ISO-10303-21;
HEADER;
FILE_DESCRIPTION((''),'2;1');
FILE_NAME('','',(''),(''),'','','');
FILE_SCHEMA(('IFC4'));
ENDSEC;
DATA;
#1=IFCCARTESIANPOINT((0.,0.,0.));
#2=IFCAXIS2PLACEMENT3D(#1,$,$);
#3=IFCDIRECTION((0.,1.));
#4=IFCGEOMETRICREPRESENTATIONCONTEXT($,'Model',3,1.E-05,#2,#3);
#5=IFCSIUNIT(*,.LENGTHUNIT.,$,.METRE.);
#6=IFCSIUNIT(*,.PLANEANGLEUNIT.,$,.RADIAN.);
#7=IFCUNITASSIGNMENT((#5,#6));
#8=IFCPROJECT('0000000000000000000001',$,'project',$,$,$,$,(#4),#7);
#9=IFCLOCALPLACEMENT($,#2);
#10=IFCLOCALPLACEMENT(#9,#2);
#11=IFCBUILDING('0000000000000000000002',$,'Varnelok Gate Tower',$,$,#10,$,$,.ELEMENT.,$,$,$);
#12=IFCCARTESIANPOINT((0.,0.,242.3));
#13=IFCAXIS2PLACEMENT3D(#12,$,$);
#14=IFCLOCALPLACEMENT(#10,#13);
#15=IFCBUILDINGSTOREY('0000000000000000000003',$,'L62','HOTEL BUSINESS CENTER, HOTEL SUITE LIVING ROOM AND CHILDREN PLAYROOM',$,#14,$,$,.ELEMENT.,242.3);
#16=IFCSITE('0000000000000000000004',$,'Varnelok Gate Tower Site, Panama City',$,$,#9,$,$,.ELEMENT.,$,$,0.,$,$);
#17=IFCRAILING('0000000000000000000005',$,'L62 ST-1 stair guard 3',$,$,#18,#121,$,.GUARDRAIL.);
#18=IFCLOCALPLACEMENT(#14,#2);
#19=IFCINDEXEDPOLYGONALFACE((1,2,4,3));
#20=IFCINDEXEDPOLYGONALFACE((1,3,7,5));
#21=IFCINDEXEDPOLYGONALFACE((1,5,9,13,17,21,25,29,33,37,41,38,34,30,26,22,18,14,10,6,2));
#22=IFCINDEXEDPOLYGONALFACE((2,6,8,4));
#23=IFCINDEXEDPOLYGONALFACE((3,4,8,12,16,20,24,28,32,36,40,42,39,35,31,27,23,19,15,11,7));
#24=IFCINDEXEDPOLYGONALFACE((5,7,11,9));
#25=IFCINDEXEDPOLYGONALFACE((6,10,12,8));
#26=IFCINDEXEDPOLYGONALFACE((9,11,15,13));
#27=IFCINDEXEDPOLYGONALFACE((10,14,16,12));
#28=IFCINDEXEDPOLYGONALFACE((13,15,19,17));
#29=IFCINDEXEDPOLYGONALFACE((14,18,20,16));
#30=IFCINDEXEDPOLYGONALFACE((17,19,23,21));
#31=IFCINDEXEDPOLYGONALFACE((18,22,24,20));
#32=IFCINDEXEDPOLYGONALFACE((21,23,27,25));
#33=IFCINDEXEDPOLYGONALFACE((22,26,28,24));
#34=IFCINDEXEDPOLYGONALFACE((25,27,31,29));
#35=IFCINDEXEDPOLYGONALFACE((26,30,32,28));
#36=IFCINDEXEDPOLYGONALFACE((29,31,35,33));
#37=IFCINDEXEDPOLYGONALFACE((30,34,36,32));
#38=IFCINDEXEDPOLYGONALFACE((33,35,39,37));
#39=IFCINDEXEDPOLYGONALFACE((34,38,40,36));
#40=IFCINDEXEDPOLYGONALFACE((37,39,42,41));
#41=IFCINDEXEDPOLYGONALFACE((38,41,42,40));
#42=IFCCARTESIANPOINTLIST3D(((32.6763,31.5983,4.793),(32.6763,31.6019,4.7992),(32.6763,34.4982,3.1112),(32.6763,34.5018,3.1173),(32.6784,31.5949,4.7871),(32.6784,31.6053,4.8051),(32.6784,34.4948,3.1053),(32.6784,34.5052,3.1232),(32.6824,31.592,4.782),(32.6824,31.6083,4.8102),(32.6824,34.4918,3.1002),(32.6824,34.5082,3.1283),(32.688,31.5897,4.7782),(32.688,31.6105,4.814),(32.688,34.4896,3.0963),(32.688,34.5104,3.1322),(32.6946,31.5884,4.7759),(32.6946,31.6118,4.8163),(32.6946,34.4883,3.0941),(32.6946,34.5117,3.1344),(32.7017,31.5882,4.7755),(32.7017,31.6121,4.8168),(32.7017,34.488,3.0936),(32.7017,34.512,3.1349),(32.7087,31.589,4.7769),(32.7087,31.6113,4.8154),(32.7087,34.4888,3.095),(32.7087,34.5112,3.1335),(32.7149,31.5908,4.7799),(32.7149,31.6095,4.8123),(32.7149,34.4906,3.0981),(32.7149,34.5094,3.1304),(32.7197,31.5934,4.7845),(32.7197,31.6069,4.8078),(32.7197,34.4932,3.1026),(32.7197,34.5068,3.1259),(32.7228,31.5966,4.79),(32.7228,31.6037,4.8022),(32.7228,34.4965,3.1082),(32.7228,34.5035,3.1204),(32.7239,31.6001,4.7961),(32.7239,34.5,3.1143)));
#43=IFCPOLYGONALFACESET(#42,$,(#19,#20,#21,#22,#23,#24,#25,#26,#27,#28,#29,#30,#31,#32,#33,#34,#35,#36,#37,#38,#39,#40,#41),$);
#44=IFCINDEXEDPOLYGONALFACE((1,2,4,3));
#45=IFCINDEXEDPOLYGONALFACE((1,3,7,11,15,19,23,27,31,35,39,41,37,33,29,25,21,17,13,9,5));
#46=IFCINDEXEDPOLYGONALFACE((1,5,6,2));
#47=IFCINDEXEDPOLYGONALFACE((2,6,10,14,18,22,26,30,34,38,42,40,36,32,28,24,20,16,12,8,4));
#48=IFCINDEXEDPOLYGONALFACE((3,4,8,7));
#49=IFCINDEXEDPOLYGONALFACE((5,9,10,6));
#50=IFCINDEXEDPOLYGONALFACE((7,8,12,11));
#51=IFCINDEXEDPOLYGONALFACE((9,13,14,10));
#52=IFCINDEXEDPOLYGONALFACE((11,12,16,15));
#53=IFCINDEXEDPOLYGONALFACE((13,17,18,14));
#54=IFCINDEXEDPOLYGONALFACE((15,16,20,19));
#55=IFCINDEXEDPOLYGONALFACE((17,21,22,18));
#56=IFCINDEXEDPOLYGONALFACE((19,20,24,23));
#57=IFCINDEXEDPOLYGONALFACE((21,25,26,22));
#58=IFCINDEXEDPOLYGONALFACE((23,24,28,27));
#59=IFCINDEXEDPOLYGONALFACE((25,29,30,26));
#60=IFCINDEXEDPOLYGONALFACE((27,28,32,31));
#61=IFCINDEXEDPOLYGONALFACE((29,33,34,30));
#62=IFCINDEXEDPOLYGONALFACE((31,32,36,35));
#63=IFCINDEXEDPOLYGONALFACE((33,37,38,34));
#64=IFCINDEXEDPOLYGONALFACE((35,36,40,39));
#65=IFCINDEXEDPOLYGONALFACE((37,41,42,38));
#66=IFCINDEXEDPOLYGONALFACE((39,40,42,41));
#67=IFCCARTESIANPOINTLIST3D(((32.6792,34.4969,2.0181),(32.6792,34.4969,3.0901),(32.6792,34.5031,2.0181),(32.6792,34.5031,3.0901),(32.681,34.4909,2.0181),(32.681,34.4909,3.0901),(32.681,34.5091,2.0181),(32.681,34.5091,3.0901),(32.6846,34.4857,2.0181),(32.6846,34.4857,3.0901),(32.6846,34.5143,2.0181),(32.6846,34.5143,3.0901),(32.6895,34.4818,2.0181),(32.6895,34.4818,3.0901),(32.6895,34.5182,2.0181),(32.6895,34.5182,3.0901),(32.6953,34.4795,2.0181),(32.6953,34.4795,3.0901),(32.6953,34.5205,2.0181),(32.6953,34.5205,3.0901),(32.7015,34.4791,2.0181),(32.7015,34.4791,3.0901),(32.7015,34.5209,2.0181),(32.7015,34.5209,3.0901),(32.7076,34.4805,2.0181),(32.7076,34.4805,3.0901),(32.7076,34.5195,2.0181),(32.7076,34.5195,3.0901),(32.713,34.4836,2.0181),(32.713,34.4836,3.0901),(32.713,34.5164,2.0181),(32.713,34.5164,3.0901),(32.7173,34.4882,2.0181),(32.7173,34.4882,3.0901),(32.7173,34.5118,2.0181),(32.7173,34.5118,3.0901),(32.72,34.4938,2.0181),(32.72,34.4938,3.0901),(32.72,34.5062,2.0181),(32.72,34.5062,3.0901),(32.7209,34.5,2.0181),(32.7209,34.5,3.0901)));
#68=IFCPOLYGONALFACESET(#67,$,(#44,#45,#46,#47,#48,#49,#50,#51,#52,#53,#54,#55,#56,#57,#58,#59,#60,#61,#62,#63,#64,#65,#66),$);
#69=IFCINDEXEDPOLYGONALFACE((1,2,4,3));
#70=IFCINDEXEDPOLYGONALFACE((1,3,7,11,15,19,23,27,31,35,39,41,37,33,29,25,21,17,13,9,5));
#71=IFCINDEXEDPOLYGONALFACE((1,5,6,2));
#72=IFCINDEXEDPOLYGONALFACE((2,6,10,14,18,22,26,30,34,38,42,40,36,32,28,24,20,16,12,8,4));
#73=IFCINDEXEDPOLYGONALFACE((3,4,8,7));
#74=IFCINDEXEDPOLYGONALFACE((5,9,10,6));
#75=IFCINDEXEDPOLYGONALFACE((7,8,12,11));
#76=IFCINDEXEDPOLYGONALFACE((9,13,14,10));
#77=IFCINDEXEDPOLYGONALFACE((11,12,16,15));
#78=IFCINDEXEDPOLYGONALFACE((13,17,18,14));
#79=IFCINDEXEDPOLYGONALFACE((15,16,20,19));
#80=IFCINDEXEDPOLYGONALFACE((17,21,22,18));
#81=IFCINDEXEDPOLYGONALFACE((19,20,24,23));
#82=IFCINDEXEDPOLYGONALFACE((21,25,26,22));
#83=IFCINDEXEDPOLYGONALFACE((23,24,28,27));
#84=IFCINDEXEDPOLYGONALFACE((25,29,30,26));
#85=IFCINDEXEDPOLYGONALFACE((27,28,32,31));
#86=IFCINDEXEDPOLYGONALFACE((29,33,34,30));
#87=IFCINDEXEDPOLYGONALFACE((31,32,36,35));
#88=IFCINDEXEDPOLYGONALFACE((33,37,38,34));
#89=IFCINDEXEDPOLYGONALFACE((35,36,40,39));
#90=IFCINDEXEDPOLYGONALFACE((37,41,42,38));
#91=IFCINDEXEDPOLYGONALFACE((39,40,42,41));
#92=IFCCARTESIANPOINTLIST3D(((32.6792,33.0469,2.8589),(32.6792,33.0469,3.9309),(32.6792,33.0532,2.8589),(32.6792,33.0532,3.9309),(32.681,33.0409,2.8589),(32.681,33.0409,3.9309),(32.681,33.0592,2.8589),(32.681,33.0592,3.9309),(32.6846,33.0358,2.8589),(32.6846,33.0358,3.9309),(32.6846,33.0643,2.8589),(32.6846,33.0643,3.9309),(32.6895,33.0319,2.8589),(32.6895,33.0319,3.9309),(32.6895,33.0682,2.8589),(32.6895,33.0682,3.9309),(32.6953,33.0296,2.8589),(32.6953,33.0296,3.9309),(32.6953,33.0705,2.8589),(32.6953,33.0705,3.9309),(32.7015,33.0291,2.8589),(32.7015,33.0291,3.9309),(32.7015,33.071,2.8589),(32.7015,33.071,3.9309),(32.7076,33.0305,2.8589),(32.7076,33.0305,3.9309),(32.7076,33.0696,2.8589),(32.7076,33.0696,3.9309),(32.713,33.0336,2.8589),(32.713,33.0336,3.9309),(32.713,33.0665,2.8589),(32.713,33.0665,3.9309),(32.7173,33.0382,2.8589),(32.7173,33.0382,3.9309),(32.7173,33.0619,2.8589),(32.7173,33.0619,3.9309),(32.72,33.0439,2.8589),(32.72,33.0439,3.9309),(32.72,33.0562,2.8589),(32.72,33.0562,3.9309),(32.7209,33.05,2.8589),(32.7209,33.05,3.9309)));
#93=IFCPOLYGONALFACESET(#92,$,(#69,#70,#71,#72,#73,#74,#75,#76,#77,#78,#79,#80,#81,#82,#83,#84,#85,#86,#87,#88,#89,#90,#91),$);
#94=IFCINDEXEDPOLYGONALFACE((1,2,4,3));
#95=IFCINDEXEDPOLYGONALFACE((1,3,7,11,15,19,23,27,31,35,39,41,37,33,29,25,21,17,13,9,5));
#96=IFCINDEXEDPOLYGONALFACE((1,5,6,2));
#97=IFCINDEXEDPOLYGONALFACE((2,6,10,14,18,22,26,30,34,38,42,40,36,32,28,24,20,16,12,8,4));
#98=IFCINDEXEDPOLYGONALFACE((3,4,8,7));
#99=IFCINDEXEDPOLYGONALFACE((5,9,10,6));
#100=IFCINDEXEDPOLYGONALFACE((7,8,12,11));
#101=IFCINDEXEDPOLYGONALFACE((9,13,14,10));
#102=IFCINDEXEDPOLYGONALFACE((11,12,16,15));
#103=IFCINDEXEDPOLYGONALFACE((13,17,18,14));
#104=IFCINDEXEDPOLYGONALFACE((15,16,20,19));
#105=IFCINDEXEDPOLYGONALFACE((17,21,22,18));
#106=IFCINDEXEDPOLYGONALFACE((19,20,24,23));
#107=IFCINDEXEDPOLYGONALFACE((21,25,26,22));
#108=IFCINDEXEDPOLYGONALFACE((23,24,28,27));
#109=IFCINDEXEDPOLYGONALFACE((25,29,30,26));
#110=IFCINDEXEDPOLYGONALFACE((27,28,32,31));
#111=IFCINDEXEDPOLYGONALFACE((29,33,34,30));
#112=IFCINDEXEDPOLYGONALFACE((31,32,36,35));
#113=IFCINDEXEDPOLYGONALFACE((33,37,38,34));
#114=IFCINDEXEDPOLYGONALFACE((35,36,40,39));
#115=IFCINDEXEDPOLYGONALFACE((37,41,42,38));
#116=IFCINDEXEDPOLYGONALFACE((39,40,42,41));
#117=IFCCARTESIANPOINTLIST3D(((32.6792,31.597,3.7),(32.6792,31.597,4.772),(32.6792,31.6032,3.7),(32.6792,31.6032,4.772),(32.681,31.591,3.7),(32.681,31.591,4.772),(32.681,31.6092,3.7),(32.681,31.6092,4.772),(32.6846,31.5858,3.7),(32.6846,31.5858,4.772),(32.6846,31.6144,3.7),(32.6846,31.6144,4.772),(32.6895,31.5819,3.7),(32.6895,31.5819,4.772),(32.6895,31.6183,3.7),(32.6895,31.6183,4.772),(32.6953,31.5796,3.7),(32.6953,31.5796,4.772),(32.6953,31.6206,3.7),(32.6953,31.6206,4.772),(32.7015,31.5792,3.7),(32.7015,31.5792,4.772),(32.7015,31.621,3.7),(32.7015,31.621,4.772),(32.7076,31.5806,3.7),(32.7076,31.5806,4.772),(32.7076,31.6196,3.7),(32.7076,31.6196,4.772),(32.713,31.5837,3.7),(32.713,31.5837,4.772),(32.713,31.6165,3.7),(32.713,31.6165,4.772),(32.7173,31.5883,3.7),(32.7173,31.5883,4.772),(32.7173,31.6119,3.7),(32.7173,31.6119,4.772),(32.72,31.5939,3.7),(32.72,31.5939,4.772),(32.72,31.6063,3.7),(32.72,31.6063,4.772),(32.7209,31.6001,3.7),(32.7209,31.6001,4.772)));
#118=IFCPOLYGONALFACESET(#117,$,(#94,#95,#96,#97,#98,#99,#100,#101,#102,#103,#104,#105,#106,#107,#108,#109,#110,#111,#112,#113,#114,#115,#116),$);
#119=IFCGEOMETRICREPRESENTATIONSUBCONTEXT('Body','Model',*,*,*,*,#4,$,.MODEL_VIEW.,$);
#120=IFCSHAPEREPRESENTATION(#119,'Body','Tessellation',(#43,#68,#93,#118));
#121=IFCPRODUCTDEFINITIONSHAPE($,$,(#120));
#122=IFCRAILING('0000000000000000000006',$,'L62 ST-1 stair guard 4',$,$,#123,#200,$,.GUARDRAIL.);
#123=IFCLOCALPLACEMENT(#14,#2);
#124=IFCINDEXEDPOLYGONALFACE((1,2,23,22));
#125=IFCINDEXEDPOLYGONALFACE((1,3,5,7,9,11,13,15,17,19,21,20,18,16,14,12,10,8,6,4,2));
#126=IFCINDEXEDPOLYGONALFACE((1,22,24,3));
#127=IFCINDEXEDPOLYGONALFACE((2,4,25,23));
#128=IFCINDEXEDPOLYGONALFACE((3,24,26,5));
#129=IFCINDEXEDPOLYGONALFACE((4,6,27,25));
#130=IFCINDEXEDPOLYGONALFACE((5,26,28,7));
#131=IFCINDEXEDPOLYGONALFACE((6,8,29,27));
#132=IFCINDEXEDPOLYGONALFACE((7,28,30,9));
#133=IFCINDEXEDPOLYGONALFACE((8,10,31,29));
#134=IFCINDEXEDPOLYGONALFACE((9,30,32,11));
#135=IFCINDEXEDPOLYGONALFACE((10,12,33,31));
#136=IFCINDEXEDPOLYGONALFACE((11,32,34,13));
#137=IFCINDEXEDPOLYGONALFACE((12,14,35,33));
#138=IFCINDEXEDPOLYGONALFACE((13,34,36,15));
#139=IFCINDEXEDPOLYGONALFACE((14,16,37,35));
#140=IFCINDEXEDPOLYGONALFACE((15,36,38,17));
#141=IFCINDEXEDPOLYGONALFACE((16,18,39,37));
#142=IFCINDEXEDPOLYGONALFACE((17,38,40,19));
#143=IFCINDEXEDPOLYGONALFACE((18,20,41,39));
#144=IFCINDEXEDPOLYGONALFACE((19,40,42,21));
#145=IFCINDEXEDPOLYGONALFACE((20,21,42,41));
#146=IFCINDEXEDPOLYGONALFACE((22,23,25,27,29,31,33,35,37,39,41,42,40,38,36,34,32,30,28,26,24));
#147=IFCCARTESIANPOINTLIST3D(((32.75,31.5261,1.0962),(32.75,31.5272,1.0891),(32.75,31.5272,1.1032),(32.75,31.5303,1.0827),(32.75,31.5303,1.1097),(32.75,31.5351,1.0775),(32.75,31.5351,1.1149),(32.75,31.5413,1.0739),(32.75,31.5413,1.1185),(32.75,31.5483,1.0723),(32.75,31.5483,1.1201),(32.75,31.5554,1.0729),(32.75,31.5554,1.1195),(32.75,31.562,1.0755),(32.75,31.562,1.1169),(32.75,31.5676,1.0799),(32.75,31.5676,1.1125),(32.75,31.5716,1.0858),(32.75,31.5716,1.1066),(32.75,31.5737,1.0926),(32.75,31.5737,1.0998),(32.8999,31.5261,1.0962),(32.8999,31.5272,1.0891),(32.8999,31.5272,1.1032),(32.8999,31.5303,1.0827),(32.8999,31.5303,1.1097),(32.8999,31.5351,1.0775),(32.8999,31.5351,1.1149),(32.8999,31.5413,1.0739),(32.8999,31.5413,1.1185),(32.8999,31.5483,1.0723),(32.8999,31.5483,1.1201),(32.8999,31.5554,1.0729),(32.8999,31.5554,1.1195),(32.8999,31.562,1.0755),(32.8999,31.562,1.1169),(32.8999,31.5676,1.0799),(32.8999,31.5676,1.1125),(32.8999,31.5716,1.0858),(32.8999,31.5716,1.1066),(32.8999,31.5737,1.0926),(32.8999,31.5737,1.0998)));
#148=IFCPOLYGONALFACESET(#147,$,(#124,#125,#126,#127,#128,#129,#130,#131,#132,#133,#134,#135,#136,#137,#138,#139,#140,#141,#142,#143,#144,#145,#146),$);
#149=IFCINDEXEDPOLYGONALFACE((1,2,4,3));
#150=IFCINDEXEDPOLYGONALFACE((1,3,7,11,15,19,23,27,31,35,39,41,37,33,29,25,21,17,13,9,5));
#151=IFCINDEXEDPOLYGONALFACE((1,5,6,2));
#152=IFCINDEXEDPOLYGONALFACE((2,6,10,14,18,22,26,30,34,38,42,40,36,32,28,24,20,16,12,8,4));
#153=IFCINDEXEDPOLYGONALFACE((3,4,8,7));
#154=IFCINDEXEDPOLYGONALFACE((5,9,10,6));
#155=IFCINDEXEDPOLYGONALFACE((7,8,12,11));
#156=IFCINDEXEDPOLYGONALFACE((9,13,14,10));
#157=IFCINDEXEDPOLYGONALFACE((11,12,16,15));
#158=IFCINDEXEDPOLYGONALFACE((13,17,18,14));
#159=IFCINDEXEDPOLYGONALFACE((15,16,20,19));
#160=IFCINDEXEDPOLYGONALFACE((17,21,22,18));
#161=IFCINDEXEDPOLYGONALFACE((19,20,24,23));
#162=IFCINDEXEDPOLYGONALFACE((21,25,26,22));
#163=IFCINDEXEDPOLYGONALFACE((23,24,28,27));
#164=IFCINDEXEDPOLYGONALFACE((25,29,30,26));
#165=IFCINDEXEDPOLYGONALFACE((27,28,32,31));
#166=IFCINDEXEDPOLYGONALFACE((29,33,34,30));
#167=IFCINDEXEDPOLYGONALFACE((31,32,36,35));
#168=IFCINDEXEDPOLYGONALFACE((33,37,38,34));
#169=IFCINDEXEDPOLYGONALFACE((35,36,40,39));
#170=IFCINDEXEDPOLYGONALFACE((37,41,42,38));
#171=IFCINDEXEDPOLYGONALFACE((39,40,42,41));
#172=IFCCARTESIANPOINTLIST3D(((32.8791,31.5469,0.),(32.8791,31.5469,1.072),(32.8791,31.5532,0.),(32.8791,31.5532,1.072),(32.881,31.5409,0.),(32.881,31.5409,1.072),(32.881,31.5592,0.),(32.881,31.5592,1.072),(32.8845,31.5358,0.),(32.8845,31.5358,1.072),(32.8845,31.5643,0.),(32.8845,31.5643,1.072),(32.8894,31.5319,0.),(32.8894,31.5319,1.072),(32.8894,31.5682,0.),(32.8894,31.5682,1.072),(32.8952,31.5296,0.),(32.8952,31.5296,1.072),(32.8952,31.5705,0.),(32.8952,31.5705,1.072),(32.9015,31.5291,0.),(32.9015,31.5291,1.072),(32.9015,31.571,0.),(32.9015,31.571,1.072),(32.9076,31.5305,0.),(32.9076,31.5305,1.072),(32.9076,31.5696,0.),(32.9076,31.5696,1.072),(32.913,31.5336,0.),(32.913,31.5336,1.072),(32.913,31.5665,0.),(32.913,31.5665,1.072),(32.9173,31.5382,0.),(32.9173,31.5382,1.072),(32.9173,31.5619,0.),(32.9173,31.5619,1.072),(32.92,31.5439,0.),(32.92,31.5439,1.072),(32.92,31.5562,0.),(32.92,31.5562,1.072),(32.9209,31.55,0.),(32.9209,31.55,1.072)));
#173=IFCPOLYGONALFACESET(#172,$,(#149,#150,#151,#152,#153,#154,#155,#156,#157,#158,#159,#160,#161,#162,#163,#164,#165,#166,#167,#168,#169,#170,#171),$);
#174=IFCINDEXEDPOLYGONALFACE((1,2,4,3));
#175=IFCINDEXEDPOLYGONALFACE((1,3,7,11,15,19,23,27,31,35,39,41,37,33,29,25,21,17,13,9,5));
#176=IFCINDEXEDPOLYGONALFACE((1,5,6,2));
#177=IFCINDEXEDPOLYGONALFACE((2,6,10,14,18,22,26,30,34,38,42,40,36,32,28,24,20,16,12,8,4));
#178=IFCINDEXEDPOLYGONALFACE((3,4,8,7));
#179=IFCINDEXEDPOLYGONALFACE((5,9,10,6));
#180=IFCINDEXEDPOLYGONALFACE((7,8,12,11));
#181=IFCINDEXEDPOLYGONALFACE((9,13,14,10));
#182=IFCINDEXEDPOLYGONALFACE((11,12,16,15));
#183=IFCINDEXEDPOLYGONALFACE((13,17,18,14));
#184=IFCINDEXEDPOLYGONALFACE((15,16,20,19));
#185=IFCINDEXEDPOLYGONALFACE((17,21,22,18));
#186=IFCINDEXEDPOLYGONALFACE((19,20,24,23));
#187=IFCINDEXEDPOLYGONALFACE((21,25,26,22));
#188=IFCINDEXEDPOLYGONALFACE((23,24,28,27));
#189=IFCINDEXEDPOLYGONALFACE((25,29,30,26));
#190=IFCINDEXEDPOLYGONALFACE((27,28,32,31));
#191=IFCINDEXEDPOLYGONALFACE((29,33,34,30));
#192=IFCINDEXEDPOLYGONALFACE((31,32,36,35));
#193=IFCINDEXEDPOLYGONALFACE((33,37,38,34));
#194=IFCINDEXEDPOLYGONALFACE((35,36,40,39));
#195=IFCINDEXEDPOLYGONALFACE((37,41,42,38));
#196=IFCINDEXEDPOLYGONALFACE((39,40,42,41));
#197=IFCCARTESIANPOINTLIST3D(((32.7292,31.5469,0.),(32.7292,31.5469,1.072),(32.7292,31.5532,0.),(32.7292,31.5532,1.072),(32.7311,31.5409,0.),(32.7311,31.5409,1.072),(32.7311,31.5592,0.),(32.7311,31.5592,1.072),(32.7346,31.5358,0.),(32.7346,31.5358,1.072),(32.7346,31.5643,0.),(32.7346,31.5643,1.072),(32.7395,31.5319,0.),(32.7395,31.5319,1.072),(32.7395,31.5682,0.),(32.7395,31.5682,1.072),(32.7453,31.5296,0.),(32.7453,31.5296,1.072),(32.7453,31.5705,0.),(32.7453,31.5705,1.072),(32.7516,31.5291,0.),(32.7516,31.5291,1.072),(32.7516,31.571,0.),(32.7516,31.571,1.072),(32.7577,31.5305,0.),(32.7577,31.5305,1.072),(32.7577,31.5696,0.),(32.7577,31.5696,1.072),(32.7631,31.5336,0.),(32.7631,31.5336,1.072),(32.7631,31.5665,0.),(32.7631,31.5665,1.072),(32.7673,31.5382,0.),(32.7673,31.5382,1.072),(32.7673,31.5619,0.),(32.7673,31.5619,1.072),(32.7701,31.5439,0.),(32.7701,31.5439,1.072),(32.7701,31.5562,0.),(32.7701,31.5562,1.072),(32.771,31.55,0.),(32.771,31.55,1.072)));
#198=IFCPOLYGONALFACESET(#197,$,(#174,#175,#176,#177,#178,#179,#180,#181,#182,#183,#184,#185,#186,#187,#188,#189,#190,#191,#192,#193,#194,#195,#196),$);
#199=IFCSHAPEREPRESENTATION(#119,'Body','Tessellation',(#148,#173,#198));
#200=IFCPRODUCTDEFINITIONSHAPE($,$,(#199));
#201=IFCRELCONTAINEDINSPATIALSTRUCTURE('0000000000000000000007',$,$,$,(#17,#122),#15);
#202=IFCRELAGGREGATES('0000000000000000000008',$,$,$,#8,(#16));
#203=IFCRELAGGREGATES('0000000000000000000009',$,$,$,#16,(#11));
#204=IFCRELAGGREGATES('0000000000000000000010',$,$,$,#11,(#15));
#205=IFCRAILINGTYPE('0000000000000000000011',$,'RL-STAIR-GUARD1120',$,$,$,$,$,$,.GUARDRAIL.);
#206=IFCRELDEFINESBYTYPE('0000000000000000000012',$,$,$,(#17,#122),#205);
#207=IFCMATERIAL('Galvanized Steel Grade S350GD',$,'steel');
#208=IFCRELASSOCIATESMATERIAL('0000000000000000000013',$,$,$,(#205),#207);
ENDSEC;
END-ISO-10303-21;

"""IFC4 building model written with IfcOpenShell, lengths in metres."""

from ifc_helpers import new_model, si_unit, direction, frame, origin, origin_2d, place, context, subcontext, project, spatial, circle, extrude, material, type_object, element, save


model = new_model("IFC4")

# Units and contexts
model_context = context("Model", 3, precision=1e-05, world=origin(), true_north=direction((0.0, 1.0)))
body_context = subcontext(model_context, "Body", "Model", "MODEL_VIEW")
ifc_project = project(units=[si_unit("LENGTHUNIT", "METRE"), si_unit("PLANEANGLEUNIT", "RADIAN")], contexts=[model_context])

# Site, building, storey
site_placement = place(None, origin())
site = spatial("IfcSite", under=ifc_project, at=site_placement, Name="Varnelok Gate Tower Site, Panama City", CompositionType="ELEMENT", RefElevation=0.0)
building_placement = place(site_placement, origin())
building = spatial("IfcBuilding", under=site, at=building_placement, Name="Varnelok Gate Tower", CompositionType="ELEMENT")
storey_placement = place(building_placement, frame((0.0, 0.0, 242.3)))
storey = spatial("IfcBuildingStorey", under=building, at=storey_placement, Name="L62", Description="HOTEL BUSINESS CENTER, HOTEL SUITE LIVING ROOM AND CHILDREN PLAYROOM", CompositionType="ELEMENT", Elevation=242.3)

# Shared definitions
ifc_material_1 = material(Name="Galvanized Steel Grade S350GD", Category="steel")

# Railings
railing_type_1 = type_object("IfcRailingType", Name="RL-STAIR-GUARD1120", PredefinedType="GUARDRAIL", material=ifc_material_1)
railing_1_placement = place(storey_placement, frame((32.7, 34.5, 2.0181)))
element("IfcRailing", 1, at=railing_1_placement, inside=storey, type_object=railing_type_1, Name="L62 ST-1 stair guard 3", PredefinedType="GUARDRAIL", context=body_context, shape_type="SweptSolid", body=[
    extrude(circle(Radius=0.0239, at=origin_2d()), frame((0.0, 0.0, 1.0962), z_axis=(0.0, -0.865039, 0.501705), x_axis=(1.0, 0.0, 0.0)), (0.0, 0.0, 1.0), 3.3523),
    extrude(circle(Radius=0.021, at=origin_2d()), origin(), (0.0, 0.0, 1.0), 1.072),
    extrude(circle(Radius=0.021, at=origin_2d()), frame((0.0, -1.45, 0.8408)), (0.0, 0.0, 1.0), 1.072),
    extrude(circle(Radius=0.021, at=origin_2d()), frame((0.0, -2.8999, 1.6819)), (0.0, 0.0, 1.0), 1.072),
])
railing_2_placement = place(storey_placement, frame((32.8999, 31.55, 0.0)))
element("IfcRailing", 2, at=railing_2_placement, inside=storey, type_object=railing_type_1, Name="L62 ST-1 stair guard 4", PredefinedType="GUARDRAIL", context=body_context, shape_type="SweptSolid", body=[
    extrude(circle(Radius=0.0239, at=origin_2d()), frame((0.0, 0.0, 1.0962), z_axis=(-1.0, 0.0, 0.0), x_axis=(0.0, -1.0, 0.0)), (0.0, 0.0, 1.0), 0.1499),
    extrude(circle(Radius=0.021, at=origin_2d()), origin(), (0.0, 0.0, 1.0), 1.072),
    extrude(circle(Radius=0.021, at=origin_2d()), frame((-0.1499, 0.0, 0.0)), (0.0, 0.0, 1.0), 1.072),
])

save(model, "model.ifc")
